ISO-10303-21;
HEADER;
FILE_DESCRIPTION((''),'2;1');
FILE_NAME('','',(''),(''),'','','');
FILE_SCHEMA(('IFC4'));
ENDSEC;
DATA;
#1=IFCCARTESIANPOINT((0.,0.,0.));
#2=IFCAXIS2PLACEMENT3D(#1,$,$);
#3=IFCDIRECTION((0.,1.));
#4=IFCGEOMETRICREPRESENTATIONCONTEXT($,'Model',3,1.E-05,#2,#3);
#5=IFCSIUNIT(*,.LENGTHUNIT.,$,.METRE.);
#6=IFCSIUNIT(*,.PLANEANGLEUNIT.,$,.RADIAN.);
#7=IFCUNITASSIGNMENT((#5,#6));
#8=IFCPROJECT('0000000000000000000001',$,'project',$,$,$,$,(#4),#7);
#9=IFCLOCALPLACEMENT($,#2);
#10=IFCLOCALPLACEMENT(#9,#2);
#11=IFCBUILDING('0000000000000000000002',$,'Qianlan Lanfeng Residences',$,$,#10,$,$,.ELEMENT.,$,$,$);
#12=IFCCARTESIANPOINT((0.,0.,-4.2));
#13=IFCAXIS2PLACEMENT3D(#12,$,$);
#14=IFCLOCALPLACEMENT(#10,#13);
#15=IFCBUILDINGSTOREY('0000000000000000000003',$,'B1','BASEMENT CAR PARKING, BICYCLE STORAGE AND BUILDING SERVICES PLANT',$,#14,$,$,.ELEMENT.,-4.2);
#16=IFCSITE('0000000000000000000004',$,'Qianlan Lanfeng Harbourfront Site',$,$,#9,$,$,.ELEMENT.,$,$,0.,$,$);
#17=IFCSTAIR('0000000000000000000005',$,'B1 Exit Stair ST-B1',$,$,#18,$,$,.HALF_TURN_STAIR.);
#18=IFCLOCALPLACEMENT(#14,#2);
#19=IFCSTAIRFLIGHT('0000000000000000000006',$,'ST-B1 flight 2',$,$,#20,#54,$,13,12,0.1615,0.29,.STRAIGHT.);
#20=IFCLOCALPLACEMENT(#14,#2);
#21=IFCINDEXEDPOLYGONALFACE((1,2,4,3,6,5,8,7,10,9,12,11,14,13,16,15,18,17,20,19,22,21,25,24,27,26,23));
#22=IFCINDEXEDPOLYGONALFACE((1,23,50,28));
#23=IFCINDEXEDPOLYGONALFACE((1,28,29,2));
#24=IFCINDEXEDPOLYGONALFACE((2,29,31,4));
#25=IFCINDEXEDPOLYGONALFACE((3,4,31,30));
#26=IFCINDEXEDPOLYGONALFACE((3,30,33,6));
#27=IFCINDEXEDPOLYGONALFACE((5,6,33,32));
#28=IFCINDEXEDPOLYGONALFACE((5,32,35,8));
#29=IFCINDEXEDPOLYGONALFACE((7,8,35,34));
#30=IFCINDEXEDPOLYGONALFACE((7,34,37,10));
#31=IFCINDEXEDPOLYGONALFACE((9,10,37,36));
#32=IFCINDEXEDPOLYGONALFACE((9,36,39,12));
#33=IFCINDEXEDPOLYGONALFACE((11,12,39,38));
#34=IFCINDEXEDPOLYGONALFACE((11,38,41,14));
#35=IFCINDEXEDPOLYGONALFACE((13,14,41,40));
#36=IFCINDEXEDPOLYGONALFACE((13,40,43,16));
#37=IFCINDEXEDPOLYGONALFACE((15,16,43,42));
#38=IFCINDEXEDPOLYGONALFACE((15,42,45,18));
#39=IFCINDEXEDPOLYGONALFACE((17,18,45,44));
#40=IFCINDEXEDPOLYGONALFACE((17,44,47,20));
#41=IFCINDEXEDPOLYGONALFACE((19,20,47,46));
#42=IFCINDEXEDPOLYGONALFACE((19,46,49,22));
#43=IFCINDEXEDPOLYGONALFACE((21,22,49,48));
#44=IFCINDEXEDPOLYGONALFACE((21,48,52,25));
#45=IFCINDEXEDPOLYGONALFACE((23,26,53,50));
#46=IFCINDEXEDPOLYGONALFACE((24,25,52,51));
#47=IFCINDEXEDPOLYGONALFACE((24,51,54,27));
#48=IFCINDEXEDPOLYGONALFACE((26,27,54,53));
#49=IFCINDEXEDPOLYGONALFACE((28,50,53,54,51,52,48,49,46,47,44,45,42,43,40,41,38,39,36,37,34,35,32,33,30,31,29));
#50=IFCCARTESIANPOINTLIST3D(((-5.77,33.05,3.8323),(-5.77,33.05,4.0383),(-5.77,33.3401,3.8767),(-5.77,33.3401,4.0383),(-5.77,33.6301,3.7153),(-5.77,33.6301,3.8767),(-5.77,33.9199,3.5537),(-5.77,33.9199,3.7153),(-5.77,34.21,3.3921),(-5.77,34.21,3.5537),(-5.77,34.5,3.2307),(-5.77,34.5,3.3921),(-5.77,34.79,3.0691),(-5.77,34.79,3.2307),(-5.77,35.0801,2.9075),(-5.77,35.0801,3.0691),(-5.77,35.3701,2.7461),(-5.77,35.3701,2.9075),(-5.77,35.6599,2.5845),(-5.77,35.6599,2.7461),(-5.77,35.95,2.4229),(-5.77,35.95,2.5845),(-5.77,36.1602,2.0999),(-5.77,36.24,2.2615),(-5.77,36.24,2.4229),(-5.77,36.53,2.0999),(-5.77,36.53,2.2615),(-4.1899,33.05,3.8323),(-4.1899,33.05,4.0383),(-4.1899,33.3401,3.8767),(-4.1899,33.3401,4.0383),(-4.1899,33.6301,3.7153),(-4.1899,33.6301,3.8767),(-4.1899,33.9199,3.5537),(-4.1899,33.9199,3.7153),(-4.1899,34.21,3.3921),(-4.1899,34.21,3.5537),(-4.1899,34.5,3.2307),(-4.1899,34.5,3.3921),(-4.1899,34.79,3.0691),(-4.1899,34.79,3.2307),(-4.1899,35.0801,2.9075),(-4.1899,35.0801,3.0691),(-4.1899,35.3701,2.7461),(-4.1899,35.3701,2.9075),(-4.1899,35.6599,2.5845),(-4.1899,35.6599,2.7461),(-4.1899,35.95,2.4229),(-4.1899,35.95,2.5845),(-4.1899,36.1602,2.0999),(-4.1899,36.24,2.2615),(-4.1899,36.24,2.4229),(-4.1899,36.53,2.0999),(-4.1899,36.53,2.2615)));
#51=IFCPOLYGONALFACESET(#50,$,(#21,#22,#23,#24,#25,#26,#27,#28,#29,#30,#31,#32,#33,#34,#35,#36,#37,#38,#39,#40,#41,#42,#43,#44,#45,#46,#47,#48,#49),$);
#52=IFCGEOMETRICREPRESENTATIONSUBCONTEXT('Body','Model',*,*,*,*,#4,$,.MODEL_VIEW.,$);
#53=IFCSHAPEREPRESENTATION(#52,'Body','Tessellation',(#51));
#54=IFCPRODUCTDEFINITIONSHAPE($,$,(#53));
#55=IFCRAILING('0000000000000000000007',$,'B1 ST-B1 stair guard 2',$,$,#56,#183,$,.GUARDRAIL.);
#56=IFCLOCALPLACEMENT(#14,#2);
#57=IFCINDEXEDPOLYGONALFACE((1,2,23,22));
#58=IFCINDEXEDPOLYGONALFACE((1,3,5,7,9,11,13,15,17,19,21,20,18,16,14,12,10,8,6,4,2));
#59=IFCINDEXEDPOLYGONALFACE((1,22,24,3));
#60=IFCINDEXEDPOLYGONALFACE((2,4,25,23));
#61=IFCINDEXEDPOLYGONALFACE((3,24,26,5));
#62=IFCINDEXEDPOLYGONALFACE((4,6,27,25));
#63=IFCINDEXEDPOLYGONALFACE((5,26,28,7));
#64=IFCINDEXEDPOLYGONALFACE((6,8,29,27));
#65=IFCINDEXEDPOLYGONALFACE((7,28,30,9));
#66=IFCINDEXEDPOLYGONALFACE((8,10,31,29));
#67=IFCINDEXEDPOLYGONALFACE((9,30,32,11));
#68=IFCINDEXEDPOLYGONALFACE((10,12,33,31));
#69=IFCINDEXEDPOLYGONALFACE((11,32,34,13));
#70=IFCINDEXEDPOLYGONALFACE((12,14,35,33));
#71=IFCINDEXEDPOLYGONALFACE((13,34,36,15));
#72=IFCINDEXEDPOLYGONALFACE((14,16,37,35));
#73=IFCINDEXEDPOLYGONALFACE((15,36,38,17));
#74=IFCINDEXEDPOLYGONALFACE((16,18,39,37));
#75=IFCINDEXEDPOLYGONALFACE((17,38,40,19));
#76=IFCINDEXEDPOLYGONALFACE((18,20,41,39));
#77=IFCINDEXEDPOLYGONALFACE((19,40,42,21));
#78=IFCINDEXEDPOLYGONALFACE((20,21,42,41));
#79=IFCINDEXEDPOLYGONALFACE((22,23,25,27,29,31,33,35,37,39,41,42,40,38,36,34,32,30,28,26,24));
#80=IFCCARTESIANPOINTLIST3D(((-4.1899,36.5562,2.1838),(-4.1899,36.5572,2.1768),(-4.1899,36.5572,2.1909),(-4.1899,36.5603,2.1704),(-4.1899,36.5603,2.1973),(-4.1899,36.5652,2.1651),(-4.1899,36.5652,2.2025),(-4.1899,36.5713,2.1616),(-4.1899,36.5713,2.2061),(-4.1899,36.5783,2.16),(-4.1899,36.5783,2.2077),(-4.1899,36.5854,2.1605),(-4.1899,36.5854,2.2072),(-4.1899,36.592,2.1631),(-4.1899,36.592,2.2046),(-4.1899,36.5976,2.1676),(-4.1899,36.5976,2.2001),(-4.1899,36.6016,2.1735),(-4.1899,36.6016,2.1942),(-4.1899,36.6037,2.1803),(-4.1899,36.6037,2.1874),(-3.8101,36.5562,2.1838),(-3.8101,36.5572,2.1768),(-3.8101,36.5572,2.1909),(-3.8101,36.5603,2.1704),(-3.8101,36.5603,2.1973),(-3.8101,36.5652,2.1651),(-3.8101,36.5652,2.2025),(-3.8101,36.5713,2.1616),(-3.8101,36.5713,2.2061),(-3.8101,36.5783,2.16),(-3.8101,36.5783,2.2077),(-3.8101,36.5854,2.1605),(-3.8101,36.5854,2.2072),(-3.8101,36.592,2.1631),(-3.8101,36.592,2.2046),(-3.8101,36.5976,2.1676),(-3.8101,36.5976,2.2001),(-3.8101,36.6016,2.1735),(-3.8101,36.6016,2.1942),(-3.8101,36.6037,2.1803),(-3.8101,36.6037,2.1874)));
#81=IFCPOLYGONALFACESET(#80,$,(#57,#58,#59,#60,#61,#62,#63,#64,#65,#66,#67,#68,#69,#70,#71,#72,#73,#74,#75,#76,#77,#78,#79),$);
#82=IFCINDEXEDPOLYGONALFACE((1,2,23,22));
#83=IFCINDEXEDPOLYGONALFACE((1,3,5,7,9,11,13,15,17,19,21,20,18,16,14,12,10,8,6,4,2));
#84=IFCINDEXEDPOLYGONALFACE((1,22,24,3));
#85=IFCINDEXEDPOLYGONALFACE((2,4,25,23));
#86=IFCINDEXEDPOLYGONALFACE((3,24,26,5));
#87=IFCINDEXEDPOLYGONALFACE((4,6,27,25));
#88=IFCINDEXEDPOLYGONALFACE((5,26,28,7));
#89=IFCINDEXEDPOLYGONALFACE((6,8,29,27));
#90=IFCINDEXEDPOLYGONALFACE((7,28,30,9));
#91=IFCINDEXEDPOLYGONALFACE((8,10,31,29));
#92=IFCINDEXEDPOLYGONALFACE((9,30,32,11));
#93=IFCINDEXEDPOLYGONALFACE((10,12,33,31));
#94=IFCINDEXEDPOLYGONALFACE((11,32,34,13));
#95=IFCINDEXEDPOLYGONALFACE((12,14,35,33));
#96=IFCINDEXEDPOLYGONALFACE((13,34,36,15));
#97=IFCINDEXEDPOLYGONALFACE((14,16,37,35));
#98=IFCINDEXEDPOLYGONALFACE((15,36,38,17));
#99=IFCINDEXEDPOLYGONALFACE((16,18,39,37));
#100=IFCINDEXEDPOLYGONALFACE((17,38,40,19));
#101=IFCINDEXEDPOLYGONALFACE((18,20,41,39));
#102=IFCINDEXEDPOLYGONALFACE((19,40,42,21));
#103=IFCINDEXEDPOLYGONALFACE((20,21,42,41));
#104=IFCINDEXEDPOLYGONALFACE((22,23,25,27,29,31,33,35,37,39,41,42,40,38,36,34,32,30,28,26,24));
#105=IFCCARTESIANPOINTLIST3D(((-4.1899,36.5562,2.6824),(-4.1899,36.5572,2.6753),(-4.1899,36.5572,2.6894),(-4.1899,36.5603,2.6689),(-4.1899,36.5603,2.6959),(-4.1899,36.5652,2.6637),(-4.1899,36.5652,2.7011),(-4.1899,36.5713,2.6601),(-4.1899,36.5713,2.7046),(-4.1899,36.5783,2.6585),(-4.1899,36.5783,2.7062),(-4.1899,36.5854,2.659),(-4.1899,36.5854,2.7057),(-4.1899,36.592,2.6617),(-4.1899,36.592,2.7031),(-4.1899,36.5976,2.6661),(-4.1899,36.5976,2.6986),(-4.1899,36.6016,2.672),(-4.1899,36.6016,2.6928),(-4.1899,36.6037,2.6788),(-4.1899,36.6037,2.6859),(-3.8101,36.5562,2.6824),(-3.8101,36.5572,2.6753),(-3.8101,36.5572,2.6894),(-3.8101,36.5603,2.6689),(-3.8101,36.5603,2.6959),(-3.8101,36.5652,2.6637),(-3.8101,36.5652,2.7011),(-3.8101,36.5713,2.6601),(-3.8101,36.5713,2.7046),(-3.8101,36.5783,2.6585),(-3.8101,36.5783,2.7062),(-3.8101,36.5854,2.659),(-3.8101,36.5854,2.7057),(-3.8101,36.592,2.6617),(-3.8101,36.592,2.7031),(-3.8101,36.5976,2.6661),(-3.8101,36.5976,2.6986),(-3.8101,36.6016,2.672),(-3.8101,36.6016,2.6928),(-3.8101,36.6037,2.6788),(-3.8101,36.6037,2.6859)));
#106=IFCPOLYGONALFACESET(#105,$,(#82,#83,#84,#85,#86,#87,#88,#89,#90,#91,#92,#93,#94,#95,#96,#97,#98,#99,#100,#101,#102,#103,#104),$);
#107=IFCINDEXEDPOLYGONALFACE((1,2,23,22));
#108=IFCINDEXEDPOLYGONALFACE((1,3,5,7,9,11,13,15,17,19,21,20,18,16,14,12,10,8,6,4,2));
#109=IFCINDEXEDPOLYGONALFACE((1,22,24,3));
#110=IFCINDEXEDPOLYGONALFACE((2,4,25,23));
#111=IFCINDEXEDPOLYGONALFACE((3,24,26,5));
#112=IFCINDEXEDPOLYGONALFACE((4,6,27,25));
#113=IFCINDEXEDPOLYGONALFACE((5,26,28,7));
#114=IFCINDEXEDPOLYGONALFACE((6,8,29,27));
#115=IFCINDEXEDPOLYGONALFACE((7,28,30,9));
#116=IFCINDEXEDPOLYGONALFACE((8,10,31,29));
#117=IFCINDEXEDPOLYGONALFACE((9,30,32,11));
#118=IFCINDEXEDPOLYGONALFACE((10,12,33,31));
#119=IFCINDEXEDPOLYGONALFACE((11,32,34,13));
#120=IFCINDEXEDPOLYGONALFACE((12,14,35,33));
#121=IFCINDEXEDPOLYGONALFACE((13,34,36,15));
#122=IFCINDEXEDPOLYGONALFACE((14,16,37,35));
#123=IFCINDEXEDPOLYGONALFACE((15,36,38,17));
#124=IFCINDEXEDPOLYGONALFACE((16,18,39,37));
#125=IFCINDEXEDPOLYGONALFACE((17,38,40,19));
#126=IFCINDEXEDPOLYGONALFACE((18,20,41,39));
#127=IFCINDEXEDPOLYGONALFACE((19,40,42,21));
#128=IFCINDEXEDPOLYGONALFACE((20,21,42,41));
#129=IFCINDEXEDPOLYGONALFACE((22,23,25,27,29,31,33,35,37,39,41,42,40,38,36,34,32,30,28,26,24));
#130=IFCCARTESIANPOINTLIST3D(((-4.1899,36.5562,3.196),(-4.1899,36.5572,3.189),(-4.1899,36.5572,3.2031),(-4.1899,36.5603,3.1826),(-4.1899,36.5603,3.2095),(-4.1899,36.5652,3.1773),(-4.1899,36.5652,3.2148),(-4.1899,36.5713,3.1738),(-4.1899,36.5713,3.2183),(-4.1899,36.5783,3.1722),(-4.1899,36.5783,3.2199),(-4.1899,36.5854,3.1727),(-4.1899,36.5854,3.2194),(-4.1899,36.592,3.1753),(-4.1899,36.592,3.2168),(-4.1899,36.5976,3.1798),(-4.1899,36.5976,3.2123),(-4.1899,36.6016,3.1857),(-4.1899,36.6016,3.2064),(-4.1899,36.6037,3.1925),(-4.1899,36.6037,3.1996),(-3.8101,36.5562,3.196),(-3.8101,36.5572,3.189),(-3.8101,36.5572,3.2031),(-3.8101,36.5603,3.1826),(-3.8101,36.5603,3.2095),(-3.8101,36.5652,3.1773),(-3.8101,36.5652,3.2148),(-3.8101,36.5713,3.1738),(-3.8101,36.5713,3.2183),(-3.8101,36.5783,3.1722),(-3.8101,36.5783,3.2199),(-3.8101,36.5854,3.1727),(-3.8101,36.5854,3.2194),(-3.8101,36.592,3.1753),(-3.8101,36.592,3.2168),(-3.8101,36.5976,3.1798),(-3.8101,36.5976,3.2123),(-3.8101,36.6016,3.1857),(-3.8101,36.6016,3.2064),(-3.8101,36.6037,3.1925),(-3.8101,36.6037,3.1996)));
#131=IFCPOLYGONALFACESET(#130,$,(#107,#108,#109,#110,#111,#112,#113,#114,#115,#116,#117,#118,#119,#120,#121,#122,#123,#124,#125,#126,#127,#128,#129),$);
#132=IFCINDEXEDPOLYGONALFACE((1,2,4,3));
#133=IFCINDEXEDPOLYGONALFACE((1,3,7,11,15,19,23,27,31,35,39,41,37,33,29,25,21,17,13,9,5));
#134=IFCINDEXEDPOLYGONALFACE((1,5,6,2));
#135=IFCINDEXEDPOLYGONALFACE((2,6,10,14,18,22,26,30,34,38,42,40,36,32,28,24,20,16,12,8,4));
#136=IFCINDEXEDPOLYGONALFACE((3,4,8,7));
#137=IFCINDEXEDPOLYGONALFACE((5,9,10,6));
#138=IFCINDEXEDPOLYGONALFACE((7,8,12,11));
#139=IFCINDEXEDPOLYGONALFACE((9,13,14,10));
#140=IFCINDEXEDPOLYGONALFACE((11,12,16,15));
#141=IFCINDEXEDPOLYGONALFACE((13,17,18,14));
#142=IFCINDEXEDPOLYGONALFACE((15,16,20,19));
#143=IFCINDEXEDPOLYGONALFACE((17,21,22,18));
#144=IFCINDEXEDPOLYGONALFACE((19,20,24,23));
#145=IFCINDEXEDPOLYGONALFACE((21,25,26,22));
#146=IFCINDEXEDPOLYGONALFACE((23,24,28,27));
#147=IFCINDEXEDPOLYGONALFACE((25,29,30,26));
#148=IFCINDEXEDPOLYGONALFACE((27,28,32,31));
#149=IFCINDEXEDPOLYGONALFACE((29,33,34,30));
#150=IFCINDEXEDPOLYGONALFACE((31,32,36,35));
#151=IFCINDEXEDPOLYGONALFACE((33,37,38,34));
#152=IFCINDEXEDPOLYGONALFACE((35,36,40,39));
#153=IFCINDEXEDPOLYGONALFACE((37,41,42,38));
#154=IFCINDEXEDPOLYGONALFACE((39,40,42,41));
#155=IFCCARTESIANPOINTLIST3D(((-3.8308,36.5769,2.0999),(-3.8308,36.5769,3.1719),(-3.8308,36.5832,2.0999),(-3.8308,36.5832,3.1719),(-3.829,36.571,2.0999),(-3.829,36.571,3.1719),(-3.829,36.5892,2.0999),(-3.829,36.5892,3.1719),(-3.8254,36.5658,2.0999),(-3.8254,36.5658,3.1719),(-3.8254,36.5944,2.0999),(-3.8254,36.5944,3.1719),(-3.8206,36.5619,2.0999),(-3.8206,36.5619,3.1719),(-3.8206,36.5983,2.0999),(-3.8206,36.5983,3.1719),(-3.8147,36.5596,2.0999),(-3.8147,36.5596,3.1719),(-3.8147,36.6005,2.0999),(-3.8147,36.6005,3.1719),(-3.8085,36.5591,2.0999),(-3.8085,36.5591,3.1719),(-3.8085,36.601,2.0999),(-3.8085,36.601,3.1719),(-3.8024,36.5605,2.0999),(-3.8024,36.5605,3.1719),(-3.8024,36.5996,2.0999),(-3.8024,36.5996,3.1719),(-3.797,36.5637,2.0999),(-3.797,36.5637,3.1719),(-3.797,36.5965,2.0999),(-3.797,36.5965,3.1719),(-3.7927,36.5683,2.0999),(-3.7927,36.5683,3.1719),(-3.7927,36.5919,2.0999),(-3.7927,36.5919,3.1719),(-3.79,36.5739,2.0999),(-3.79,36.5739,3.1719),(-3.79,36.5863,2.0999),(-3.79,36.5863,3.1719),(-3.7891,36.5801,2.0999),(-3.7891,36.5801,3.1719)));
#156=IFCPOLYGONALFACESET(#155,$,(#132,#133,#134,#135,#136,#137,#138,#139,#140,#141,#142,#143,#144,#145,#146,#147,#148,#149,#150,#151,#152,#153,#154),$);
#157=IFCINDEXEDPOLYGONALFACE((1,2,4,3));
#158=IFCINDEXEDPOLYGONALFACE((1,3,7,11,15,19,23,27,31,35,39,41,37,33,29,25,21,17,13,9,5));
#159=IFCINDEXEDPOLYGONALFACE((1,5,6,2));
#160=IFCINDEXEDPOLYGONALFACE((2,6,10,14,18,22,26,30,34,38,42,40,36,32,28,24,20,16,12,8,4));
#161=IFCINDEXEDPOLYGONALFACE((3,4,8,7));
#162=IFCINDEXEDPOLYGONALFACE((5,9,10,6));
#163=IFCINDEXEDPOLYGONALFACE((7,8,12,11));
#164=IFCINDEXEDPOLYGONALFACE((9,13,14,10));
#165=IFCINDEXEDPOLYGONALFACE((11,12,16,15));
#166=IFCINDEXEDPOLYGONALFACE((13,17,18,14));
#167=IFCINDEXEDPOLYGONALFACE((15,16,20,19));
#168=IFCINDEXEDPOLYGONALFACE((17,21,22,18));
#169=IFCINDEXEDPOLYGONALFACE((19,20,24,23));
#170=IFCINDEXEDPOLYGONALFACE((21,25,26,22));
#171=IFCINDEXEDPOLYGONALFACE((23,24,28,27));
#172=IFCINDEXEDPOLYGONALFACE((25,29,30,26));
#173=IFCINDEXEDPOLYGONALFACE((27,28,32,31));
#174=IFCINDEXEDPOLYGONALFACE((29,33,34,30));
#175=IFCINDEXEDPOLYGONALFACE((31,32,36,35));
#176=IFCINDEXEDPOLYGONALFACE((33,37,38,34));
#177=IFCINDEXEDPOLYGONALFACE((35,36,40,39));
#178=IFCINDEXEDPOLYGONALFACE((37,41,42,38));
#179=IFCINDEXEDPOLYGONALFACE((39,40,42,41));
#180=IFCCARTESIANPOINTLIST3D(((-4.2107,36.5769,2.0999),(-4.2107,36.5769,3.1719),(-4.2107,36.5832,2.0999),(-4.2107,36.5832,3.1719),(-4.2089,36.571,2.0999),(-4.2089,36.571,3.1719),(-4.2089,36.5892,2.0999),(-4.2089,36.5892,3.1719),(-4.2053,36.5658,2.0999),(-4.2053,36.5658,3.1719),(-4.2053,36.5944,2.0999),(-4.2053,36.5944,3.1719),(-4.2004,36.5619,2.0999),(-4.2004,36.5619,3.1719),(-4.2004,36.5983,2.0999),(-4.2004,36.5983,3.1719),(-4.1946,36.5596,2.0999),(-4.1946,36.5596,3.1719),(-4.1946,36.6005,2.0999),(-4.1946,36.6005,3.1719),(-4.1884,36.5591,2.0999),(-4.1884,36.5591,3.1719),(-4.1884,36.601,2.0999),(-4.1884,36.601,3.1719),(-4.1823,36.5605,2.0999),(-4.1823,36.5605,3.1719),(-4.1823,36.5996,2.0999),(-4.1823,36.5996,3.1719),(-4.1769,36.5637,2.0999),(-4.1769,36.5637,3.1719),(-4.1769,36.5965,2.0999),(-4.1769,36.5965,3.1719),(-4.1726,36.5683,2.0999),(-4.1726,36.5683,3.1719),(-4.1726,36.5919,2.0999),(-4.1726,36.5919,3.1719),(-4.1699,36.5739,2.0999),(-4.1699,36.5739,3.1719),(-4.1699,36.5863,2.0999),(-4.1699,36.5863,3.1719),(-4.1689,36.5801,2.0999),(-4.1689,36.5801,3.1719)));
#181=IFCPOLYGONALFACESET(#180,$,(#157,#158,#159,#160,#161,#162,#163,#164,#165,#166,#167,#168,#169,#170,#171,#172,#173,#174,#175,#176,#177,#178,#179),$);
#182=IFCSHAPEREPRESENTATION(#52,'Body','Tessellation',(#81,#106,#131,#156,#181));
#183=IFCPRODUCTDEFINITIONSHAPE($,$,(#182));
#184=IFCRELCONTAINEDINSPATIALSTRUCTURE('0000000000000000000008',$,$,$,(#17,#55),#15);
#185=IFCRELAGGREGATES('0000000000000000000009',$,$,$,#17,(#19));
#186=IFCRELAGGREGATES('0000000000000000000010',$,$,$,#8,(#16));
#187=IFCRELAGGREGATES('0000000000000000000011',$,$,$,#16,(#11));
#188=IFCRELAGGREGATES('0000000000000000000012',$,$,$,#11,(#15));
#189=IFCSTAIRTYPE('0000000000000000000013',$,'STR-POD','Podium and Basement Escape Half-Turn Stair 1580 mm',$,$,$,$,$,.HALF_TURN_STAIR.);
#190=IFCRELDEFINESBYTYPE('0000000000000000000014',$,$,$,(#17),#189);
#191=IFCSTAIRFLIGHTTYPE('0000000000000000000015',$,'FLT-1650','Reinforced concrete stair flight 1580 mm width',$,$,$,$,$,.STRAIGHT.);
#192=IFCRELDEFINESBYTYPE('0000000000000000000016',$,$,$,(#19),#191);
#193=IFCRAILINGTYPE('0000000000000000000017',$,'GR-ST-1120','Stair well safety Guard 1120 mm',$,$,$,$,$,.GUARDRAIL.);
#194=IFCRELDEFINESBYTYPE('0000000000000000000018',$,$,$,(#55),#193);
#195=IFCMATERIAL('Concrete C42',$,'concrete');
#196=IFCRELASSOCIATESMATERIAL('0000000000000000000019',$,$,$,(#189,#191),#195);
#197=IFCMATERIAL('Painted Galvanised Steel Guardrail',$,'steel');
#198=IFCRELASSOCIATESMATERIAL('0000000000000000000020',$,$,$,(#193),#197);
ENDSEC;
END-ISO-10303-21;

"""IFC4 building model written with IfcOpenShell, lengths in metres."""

from ifc_helpers import new_model, si_unit, direction, frame, origin, origin_2d, place, context, subcontext, project, spatial, polyline, circle, outline, extrude, material, type_object, element, aggregate, save


model = new_model("IFC4")

# Units and contexts
model_context = context("Model", 3, precision=1e-05, world=origin(), true_north=direction((0.0, 1.0)))
body_context = subcontext(model_context, "Body", "Model", "MODEL_VIEW")
ifc_project = project(units=[si_unit("LENGTHUNIT", "METRE"), si_unit("PLANEANGLEUNIT", "RADIAN")], contexts=[model_context])

# Site, building, storey
site_placement = place(None, origin())
site = spatial("IfcSite", under=ifc_project, at=site_placement, Name="Qianlan Lanfeng Harbourfront Site", CompositionType="ELEMENT", RefElevation=0.0)
building_placement = place(site_placement, origin())
building = spatial("IfcBuilding", under=site, at=building_placement, Name="Qianlan Lanfeng Residences", CompositionType="ELEMENT")
storey_placement = place(building_placement, frame((0.0, 0.0, -4.2)))
storey = spatial("IfcBuildingStorey", under=building, at=storey_placement, Name="B1", Description="BASEMENT CAR PARKING, BICYCLE STORAGE AND BUILDING SERVICES PLANT", CompositionType="ELEMENT", Elevation=-4.2)

# Stair, stair flight
ifc_material_1 = material(Name="Concrete C42", Category="concrete")
stair_type = type_object("IfcStairType", Name="STR-POD", Description="Podium and Basement Escape Half-Turn Stair 1580 mm", PredefinedType="HALF_TURN_STAIR", material=ifc_material_1)
stair_placement = place(storey_placement, origin())
stair = element("IfcStair", 1, at=stair_placement, inside=storey, type_object=stair_type, Name="B1 Exit Stair ST-B1", PredefinedType="HALF_TURN_STAIR")
stair_flight_type = type_object("IfcStairFlightType", Name="FLT-1650", Description="Reinforced concrete stair flight 1580 mm width", PredefinedType="STRAIGHT", material=ifc_material_1)
stair_flight_1_placement = place(storey_placement, frame((-4.98, 36.53, 2.0999), z_axis=(0.0, 0.0, 1.0), x_axis=(0.0, -1.0, 0.0)))
stair_flight_1 = element("IfcStairFlight", 2, at=stair_flight_1_placement, type_object=stair_flight_type, Name="ST-B1 flight 2", NumberOfRisers=13, NumberOfTreads=12, PredefinedType="STRAIGHT", RiserHeight=0.1615, TreadLength=0.29, context=body_context, shape_type="SweptSolid", body=[
    extrude(outline(polyline([(0.0, 0.0), (0.0, 0.1616), (0.29, 0.1616), (0.29, 0.323), (0.5801, 0.323), (0.5801, 0.4846), (0.8701, 0.4846), (0.8701, 0.6462), (1.1599, 0.6462), (1.1599, 0.8076), (1.45, 0.8076), (1.45, 0.9692), (1.74, 0.9692), (1.74, 1.1309), (2.03, 1.1309), (2.03, 1.2922), (2.3201, 1.2922), (2.3201, 1.4539), (2.6101, 1.4539), (2.6101, 1.6155), (2.8999, 1.6155), (2.8999, 1.7769), (3.1899, 1.7769), (3.1899, 1.9385), (3.48, 1.9385), (3.48, 2.1001), (3.48, 1.7324), (0.3699, 0.0), (0.0, 0.0)])), frame((0.0, 0.79, 0.0), z_axis=(0.0, -1.0, 0.0), x_axis=(1.0, 0.0, 0.0)), (0.0, 0.0, 1.0), 1.5801),
])
aggregate(stair, [stair_flight_1])

# Railing
ifc_material_2 = material(Name="Painted Galvanised Steel Guardrail", Category="steel")
railing_type_1 = type_object("IfcRailingType", Name="GR-ST-1120", Description="Stair well safety Guard 1120 mm", PredefinedType="GUARDRAIL", material=ifc_material_2)
railing_1_placement = place(storey_placement, frame((-3.8101, 36.5801, 2.0999)))
element("IfcRailing", 3, at=railing_1_placement, inside=storey, type_object=railing_type_1, Name="B1 ST-B1 stair guard 2", PredefinedType="GUARDRAIL", context=body_context, shape_type="SweptSolid", body=[
    extrude(circle(Radius=0.0239, at=origin_2d()), frame((0.0, 0.0, 0.084), z_axis=(-1.0, 0.0, 0.0), x_axis=(0.0, -1.0, 0.0)), (0.0, 0.0, 1.0), 0.3799),
    extrude(circle(Radius=0.0239, at=origin_2d()), frame((0.0, 0.0, 0.5825), z_axis=(-1.0, 0.0, 0.0), x_axis=(0.0, -1.0, 0.0)), (0.0, 0.0, 1.0), 0.3799),
    extrude(circle(Radius=0.0239, at=origin_2d()), frame((0.0, 0.0, 1.0962), z_axis=(-1.0, 0.0, 0.0), x_axis=(0.0, -1.0, 0.0)), (0.0, 0.0, 1.0), 0.3799),
    extrude(circle(Radius=0.021, at=origin_2d()), origin(), (0.0, 0.0, 1.0), 1.072),
    extrude(circle(Radius=0.021, at=origin_2d()), frame((-0.3799, 0.0, 0.0)), (0.0, 0.0, 1.0), 1.072),
])

save(model, "model.ifc")
